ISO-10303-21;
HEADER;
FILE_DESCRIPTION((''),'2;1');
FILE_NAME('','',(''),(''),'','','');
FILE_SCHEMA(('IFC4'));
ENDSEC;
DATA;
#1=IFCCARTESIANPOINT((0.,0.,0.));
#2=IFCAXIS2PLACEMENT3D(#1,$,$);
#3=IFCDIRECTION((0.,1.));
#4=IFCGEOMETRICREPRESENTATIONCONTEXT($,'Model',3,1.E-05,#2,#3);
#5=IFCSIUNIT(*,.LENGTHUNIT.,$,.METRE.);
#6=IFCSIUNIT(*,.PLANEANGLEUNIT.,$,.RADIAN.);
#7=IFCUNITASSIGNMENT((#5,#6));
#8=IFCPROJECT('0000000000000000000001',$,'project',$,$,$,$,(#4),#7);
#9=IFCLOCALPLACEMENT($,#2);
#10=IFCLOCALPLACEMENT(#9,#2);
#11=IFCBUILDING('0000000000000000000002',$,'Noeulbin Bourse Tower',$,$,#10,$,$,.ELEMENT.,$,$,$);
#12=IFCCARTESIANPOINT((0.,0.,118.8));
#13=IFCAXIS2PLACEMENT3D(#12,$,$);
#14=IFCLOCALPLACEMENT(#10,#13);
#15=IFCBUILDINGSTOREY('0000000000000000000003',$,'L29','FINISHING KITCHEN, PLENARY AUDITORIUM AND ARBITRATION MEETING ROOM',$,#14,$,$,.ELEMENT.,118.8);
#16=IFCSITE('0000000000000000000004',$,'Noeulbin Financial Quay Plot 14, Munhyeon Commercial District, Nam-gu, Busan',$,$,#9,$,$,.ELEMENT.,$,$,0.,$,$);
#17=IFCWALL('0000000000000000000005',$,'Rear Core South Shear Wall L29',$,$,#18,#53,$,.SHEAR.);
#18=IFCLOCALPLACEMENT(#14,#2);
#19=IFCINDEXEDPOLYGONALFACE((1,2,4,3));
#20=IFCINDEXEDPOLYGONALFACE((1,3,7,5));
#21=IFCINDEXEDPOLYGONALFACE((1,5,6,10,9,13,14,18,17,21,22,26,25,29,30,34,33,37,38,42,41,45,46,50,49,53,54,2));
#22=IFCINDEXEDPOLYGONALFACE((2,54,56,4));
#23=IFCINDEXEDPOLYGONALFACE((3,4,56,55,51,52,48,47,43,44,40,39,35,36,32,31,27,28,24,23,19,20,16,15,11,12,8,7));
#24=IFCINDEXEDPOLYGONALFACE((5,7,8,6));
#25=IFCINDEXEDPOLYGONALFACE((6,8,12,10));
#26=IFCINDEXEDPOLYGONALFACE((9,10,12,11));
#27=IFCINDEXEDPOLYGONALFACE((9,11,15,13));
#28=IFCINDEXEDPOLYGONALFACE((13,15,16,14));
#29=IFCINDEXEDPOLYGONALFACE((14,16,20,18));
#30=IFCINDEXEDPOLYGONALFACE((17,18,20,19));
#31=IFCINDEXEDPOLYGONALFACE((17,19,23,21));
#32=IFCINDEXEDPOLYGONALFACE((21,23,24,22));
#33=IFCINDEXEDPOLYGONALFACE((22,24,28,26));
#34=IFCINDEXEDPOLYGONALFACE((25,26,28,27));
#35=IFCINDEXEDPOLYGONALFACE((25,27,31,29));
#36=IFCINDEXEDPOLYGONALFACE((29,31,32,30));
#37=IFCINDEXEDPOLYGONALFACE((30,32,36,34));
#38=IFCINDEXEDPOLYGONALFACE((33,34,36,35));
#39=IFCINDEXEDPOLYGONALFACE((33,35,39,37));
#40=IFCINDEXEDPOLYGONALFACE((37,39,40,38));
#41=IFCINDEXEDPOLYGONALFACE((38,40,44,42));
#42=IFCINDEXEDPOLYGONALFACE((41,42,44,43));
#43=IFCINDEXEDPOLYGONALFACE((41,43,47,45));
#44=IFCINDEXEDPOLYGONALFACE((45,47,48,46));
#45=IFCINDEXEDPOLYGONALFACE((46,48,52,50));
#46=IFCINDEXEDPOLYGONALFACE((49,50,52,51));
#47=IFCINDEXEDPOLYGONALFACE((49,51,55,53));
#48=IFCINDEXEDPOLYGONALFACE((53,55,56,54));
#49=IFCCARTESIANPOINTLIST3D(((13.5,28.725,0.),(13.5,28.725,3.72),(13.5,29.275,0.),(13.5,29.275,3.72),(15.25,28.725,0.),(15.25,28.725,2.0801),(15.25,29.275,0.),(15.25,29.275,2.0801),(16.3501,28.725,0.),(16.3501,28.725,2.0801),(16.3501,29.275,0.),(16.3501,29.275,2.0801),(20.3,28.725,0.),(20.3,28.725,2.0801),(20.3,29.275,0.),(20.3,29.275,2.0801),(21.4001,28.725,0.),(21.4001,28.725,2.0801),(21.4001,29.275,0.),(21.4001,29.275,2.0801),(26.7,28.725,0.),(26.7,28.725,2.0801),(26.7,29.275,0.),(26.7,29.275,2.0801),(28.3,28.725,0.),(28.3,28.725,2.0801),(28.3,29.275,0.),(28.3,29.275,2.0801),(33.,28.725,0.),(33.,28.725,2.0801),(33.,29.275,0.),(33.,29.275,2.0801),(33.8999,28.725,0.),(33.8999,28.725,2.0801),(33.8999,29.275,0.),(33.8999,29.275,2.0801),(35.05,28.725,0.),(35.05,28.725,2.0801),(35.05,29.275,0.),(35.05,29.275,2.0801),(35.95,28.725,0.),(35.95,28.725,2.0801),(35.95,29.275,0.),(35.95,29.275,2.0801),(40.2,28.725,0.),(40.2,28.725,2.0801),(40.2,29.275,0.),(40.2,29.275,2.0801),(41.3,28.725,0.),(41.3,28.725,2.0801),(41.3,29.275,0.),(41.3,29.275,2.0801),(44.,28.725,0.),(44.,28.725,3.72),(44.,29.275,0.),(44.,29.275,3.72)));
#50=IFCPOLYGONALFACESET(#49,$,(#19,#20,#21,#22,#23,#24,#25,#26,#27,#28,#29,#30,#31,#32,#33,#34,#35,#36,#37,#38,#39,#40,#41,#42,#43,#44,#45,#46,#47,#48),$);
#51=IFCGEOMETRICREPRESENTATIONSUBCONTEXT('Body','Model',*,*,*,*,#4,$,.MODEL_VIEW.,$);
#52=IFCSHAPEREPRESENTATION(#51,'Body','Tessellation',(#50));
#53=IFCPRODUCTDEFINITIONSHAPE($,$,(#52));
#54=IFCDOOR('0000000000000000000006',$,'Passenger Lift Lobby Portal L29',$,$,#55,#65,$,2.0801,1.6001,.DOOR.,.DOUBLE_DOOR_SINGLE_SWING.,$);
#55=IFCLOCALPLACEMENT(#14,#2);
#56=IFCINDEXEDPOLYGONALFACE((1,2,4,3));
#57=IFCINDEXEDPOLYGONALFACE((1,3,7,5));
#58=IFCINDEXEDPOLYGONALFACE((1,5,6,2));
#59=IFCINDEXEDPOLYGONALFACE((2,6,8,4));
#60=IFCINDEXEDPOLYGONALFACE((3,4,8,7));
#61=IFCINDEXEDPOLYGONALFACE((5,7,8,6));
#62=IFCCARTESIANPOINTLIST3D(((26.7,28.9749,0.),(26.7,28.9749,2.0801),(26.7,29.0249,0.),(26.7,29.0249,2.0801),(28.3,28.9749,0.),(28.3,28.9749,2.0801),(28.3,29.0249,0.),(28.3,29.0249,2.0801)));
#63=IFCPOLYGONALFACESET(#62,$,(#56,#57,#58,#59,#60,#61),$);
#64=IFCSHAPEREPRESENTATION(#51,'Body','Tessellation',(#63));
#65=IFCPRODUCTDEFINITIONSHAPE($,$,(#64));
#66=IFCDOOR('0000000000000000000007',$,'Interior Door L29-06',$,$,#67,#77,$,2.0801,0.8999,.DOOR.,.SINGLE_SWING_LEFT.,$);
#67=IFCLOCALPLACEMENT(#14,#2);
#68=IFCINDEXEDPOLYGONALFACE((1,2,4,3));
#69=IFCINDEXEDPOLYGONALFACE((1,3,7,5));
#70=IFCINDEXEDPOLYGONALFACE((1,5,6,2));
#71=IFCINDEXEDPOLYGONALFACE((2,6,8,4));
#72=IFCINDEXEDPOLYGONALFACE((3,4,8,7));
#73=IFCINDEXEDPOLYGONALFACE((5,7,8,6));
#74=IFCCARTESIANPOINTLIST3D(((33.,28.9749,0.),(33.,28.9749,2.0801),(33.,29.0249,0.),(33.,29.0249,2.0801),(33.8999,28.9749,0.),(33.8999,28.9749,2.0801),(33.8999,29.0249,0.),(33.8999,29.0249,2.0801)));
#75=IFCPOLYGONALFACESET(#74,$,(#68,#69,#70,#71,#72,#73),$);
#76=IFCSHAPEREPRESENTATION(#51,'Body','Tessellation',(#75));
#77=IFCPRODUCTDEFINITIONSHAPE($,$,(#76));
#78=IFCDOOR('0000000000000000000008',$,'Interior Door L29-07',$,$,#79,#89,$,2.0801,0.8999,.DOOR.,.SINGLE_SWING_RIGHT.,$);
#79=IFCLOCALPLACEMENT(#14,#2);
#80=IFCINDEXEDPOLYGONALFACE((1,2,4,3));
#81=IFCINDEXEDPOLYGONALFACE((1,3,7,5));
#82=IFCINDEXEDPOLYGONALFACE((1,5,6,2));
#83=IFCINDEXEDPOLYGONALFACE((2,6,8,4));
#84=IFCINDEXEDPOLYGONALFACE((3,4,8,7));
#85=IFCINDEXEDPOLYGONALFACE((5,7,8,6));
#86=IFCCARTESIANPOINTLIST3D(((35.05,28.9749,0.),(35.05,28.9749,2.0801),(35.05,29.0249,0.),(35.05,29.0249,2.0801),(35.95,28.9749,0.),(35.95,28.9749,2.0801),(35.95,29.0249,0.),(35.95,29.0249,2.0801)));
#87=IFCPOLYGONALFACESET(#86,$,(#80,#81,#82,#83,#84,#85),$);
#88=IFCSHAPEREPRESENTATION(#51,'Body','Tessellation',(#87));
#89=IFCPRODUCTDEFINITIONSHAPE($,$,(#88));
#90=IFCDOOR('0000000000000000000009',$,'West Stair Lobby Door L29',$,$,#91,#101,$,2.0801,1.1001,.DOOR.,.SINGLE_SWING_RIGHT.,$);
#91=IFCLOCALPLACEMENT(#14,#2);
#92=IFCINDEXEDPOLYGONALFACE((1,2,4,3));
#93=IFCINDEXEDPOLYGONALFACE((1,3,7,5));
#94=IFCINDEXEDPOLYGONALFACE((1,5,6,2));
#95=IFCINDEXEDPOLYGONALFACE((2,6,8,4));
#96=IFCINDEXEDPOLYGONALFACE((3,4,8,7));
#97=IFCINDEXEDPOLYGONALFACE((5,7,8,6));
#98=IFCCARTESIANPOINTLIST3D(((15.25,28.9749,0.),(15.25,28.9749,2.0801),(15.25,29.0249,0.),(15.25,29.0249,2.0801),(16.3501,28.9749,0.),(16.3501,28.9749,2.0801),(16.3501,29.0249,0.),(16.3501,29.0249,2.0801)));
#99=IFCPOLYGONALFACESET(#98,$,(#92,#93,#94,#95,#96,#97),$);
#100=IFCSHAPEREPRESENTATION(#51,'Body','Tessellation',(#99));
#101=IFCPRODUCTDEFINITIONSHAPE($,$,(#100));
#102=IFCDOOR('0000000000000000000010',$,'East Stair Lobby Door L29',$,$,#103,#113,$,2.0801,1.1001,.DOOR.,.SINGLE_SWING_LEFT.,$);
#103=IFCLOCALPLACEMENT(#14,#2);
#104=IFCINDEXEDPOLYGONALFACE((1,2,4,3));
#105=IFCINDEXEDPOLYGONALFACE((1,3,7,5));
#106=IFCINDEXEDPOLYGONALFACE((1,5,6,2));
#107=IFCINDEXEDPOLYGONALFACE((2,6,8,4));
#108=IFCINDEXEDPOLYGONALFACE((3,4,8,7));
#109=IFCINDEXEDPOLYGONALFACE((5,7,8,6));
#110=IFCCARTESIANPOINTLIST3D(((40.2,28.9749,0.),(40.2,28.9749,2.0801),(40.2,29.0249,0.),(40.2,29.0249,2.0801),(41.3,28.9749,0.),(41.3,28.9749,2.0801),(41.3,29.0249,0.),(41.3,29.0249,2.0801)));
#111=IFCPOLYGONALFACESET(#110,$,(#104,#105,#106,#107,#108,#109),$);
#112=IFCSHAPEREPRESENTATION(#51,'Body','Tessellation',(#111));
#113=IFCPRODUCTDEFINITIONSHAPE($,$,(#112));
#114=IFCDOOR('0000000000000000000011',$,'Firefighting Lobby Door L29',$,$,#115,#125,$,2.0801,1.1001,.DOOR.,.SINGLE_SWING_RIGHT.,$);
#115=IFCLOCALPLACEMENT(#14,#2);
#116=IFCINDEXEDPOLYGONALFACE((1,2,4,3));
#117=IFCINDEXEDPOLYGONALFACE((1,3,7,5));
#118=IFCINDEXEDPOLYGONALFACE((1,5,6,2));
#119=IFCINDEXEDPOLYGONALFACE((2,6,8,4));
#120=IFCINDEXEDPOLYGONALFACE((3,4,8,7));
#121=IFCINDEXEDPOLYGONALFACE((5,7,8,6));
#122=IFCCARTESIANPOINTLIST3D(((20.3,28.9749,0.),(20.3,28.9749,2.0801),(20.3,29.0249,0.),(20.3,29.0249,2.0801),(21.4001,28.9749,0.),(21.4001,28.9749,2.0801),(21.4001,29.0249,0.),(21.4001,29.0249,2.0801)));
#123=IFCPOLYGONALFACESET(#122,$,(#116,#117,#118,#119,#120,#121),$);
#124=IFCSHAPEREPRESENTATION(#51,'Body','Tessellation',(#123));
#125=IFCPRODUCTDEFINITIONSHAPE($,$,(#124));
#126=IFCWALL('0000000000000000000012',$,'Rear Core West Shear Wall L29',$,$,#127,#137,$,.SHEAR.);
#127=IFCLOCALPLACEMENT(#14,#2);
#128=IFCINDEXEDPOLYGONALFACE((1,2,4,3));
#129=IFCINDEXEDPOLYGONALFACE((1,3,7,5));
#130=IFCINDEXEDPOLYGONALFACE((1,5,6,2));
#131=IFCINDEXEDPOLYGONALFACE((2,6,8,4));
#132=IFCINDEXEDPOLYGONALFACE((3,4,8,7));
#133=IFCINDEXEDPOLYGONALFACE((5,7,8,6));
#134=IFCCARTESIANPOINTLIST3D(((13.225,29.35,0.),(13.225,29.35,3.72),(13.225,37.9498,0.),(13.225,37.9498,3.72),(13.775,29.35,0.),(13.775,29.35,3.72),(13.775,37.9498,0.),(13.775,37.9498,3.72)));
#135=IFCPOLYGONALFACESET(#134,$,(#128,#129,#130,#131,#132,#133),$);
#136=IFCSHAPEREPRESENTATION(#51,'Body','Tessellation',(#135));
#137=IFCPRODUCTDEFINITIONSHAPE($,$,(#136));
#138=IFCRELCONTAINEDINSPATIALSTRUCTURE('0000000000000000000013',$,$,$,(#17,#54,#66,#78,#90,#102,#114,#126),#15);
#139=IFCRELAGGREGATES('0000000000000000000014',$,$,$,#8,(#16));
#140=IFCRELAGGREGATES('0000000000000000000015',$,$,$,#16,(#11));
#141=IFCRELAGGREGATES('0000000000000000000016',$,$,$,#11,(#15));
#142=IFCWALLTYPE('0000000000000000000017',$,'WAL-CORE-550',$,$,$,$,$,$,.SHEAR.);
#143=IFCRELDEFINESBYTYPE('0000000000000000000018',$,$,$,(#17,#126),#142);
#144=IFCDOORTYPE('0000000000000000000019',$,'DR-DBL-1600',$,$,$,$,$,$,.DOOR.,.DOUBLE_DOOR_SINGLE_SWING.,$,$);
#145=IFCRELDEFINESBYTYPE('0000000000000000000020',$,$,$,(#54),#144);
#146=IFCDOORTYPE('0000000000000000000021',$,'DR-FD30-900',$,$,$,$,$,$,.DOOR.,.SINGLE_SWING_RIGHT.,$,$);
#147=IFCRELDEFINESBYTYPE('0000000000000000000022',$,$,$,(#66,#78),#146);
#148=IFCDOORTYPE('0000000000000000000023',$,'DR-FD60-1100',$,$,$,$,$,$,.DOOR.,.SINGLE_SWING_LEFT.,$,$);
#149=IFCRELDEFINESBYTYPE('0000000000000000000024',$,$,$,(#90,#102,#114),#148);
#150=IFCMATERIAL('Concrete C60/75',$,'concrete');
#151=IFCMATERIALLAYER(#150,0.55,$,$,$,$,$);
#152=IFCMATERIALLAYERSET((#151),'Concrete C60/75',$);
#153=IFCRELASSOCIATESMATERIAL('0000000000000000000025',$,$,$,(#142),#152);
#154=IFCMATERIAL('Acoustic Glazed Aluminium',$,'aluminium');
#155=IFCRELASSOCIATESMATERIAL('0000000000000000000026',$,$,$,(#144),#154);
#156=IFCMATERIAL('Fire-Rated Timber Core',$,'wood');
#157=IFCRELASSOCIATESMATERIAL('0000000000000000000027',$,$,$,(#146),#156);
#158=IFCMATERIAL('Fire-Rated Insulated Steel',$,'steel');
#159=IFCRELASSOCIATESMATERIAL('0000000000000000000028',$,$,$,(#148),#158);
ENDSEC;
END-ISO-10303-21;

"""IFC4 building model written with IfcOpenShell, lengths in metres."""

from ifc_helpers import new_model, si_unit, direction, frame, frame_2d, origin, place, context, subcontext, project, spatial, rectangle, extrude, material, layer, layer_set, type_object, element, fill, save


model = new_model("IFC4")

# Units and contexts
model_context = context("Model", 3, precision=1e-05, world=origin(), true_north=direction((0.0, 1.0)))
body_context = subcontext(model_context, "Body", "Model", "MODEL_VIEW")
ifc_project = project(units=[si_unit("LENGTHUNIT", "METRE"), si_unit("PLANEANGLEUNIT", "RADIAN")], contexts=[model_context])

# Site, building, storey
site_placement = place(None, origin())
site = spatial("IfcSite", under=ifc_project, at=site_placement, Name="Noeulbin Financial Quay Plot 14, Munhyeon Commercial District, Nam-gu, Busan", CompositionType="ELEMENT", RefElevation=0.0)
building_placement = place(site_placement, origin())
building = spatial("IfcBuilding", under=site, at=building_placement, Name="Noeulbin Bourse Tower", CompositionType="ELEMENT")
storey_placement = place(building_placement, frame((0.0, 0.0, 118.8)))
storey = spatial("IfcBuildingStorey", under=building, at=storey_placement, Name="L29", Description="FINISHING KITCHEN, PLENARY AUDITORIUM AND ARBITRATION MEETING ROOM", CompositionType="ELEMENT", Elevation=118.8)

# Wall, openings, doors
ifc_material_1 = material(Name="Concrete C60/75", Category="concrete")
ifc_layer_1 = layer(ifc_material_1, 0.55)
ifc_layer_set_1 = layer_set([ifc_layer_1], Name="Concrete C60/75")
wall_type_1 = type_object("IfcWallType", Name="WAL-CORE-550", PredefinedType="SHEAR", material=ifc_layer_set_1)
wall_1_placement = place(storey_placement, frame((13.5, 29.0, 0.0), z_axis=(0.0, 0.0, 1.0), x_axis=(1.0, 0.0, 0.0)))
wall_1 = element("IfcWall", 1, at=wall_1_placement, inside=storey, type_object=wall_type_1, Name="Rear Core South Shear Wall L29", PredefinedType="SHEAR", context=body_context, shape_type="SweptSolid", body=[
    extrude(rectangle(XDim=30.5, YDim=0.55, at=frame_2d((15.25, 0.0))), origin(), (0.0, 0.0, 1.0), 3.72),
])
opening_1_placement = place(wall_1_placement, frame((1.75, 0.0, 0.0)))
opening_1 = element("IfcOpeningElement", 2, at=opening_1_placement, cuts=wall_1, PredefinedType="OPENING", context=body_context, shape_type="SweptSolid", body=[
    extrude(rectangle(XDim=1.1001, YDim=2.0801, at=frame_2d((0.55, 1.04))), frame((0.0, 0.2849, 0.0), z_axis=(0.0, -1.0, 0.0), x_axis=(1.0, 0.0, 0.0)), (0.0, 0.0, 1.0), 0.5701),
])
opening_2_placement = place(wall_1_placement, frame((26.7, 0.0, 0.0)))
opening_2 = element("IfcOpeningElement", 3, at=opening_2_placement, cuts=wall_1, PredefinedType="OPENING", context=body_context, shape_type="SweptSolid", body=[
    extrude(rectangle(XDim=1.1001, YDim=2.0801, at=frame_2d((0.55, 1.04))), frame((0.0, 0.2849, 0.0), z_axis=(0.0, -1.0, 0.0), x_axis=(1.0, 0.0, 0.0)), (0.0, 0.0, 1.0), 0.5701),
])
opening_3_placement = place(wall_1_placement, frame((6.8, 0.0, 0.0)))
opening_3 = element("IfcOpeningElement", 4, at=opening_3_placement, cuts=wall_1, PredefinedType="OPENING", context=body_context, shape_type="SweptSolid", body=[
    extrude(rectangle(XDim=1.1001, YDim=2.0801, at=frame_2d((0.55, 1.04))), frame((0.0, 0.2849, 0.0), z_axis=(0.0, -1.0, 0.0), x_axis=(1.0, 0.0, 0.0)), (0.0, 0.0, 1.0), 0.5701),
])
opening_4_placement = place(wall_1_placement, frame((13.2, 0.0, 0.0)))
opening_4 = element("IfcOpeningElement", 5, at=opening_4_placement, cuts=wall_1, PredefinedType="OPENING", context=body_context, shape_type="SweptSolid", body=[
    extrude(rectangle(XDim=1.6001, YDim=2.0801, at=frame_2d((0.8, 1.04))), frame((0.0, 0.2849, 0.0), z_axis=(0.0, -1.0, 0.0), x_axis=(1.0, 0.0, 0.0)), (0.0, 0.0, 1.0), 0.5701),
])
opening_5_placement = place(wall_1_placement, frame((19.5, 0.0, 0.0)))
opening_5 = element("IfcOpeningElement", 6, at=opening_5_placement, cuts=wall_1, PredefinedType="OPENING", context=body_context, shape_type="SweptSolid", body=[
    extrude(rectangle(XDim=0.8999, YDim=2.0801, at=frame_2d((0.45, 1.04))), frame((0.0, 0.2849, 0.0), z_axis=(0.0, -1.0, 0.0), x_axis=(1.0, 0.0, 0.0)), (0.0, 0.0, 1.0), 0.5701),
])
opening_6_placement = place(wall_1_placement, frame((21.55, 0.0, 0.0)))
opening_6 = element("IfcOpeningElement", 7, at=opening_6_placement, cuts=wall_1, PredefinedType="OPENING", context=body_context, shape_type="SweptSolid", body=[
    extrude(rectangle(XDim=0.8999, YDim=2.0801, at=frame_2d((0.45, 1.04))), frame((0.0, 0.2849, 0.0), z_axis=(0.0, -1.0, 0.0), x_axis=(1.0, 0.0, 0.0)), (0.0, 0.0, 1.0), 0.5701),
])
ifc_material_2 = material(Name="Acoustic Glazed Aluminium", Category="aluminium")
door_type_1 = type_object("IfcDoorType", Name="DR-DBL-1600", OperationType="DOUBLE_DOOR_SINGLE_SWING", PredefinedType="DOOR", material=ifc_material_2)
door_1_placement = place(opening_4_placement, origin())
door_1 = element("IfcDoor", 8, at=door_1_placement, inside=storey, type_object=door_type_1, Name="Passenger Lift Lobby Portal L29", OperationType="DOUBLE_DOOR_SINGLE_SWING", OverallHeight=2.0801, OverallWidth=1.6001, PredefinedType="DOOR", context=body_context, shape_type="SweptSolid", body=[
    extrude(rectangle(XDim=1.6001, YDim=2.0801, at=frame_2d((0.8, 1.04))), frame((0.0, 0.0249, 0.0), z_axis=(0.0, -1.0, 0.0), x_axis=(1.0, 0.0, 0.0)), (0.0, 0.0, 1.0), 0.05),
])
fill(opening_4, door_1)
ifc_material_3 = material(Name="Fire-Rated Timber Core", Category="wood")
door_type_2 = type_object("IfcDoorType", Name="DR-FD30-900", OperationType="SINGLE_SWING_RIGHT", PredefinedType="DOOR", material=ifc_material_3)
door_2_placement = place(opening_5_placement, origin())
door_2 = element("IfcDoor", 9, at=door_2_placement, inside=storey, type_object=door_type_2, Name="Interior Door L29-06", OperationType="SINGLE_SWING_LEFT", OverallHeight=2.0801, OverallWidth=0.8999, PredefinedType="DOOR", context=body_context, shape_type="SweptSolid", body=[
    extrude(rectangle(XDim=0.8999, YDim=2.0801, at=frame_2d((0.45, 1.04))), frame((0.0, 0.0249, 0.0), z_axis=(0.0, -1.0, 0.0), x_axis=(1.0, 0.0, 0.0)), (0.0, 0.0, 1.0), 0.05),
])
fill(opening_5, door_2)
door_3_placement = place(opening_6_placement, origin())
door_3 = element("IfcDoor", 10, at=door_3_placement, inside=storey, type_object=door_type_2, Name="Interior Door L29-07", OperationType="SINGLE_SWING_RIGHT", OverallHeight=2.0801, OverallWidth=0.8999, PredefinedType="DOOR", context=body_context, shape_type="SweptSolid", body=[
    extrude(rectangle(XDim=0.8999, YDim=2.0801, at=frame_2d((0.45, 1.04))), frame((0.0, 0.0249, 0.0), z_axis=(0.0, -1.0, 0.0), x_axis=(1.0, 0.0, 0.0)), (0.0, 0.0, 1.0), 0.05),
])
fill(opening_6, door_3)
ifc_material_4 = material(Name="Fire-Rated Insulated Steel", Category="steel")
door_type_3 = type_object("IfcDoorType", Name="DR-FD60-1100", OperationType="SINGLE_SWING_LEFT", PredefinedType="DOOR", material=ifc_material_4)
door_4_placement = place(opening_1_placement, origin())
door_4 = element("IfcDoor", 11, at=door_4_placement, inside=storey, type_object=door_type_3, Name="West Stair Lobby Door L29", OperationType="SINGLE_SWING_RIGHT", OverallHeight=2.0801, OverallWidth=1.1001, PredefinedType="DOOR", context=body_context, shape_type="SweptSolid", body=[
    extrude(rectangle(XDim=1.1001, YDim=2.0801, at=frame_2d((0.55, 1.04))), frame((0.0, 0.0249, 0.0), z_axis=(0.0, -1.0, 0.0), x_axis=(1.0, 0.0, 0.0)), (0.0, 0.0, 1.0), 0.05),
])
fill(opening_1, door_4)
door_5_placement = place(opening_2_placement, origin())
door_5 = element("IfcDoor", 12, at=door_5_placement, inside=storey, type_object=door_type_3, Name="East Stair Lobby Door L29", OperationType="SINGLE_SWING_LEFT", OverallHeight=2.0801, OverallWidth=1.1001, PredefinedType="DOOR", context=body_context, shape_type="SweptSolid", body=[
    extrude(rectangle(XDim=1.1001, YDim=2.0801, at=frame_2d((0.55, 1.04))), frame((0.0, 0.0249, 0.0), z_axis=(0.0, -1.0, 0.0), x_axis=(1.0, 0.0, 0.0)), (0.0, 0.0, 1.0), 0.05),
])
fill(opening_2, door_5)
door_6_placement = place(opening_3_placement, origin())
door_6 = element("IfcDoor", 13, at=door_6_placement, inside=storey, type_object=door_type_3, Name="Firefighting Lobby Door L29", OperationType="SINGLE_SWING_RIGHT", OverallHeight=2.0801, OverallWidth=1.1001, PredefinedType="DOOR", context=body_context, shape_type="SweptSolid", body=[
    extrude(rectangle(XDim=1.1001, YDim=2.0801, at=frame_2d((0.55, 1.04))), frame((0.0, 0.0249, 0.0), z_axis=(0.0, -1.0, 0.0), x_axis=(1.0, 0.0, 0.0)), (0.0, 0.0, 1.0), 0.05),
])
fill(opening_3, door_6)

# Wall
wall_2_placement = place(storey_placement, frame((13.5, 29.3501, 0.0), z_axis=(0.0, 0.0, 1.0), x_axis=(0.0, 1.0, 0.0)))
element("IfcWall", 14, at=wall_2_placement, inside=storey, type_object=wall_type_1, Name="Rear Core West Shear Wall L29", PredefinedType="SHEAR", context=body_context, shape_type="SweptSolid", body=[
    extrude(rectangle(XDim=8.5999, YDim=0.55, at=frame_2d((4.2998, 0.0))), origin(), (0.0, 0.0, 1.0), 3.72),
])

save(model, "model.ifc")
